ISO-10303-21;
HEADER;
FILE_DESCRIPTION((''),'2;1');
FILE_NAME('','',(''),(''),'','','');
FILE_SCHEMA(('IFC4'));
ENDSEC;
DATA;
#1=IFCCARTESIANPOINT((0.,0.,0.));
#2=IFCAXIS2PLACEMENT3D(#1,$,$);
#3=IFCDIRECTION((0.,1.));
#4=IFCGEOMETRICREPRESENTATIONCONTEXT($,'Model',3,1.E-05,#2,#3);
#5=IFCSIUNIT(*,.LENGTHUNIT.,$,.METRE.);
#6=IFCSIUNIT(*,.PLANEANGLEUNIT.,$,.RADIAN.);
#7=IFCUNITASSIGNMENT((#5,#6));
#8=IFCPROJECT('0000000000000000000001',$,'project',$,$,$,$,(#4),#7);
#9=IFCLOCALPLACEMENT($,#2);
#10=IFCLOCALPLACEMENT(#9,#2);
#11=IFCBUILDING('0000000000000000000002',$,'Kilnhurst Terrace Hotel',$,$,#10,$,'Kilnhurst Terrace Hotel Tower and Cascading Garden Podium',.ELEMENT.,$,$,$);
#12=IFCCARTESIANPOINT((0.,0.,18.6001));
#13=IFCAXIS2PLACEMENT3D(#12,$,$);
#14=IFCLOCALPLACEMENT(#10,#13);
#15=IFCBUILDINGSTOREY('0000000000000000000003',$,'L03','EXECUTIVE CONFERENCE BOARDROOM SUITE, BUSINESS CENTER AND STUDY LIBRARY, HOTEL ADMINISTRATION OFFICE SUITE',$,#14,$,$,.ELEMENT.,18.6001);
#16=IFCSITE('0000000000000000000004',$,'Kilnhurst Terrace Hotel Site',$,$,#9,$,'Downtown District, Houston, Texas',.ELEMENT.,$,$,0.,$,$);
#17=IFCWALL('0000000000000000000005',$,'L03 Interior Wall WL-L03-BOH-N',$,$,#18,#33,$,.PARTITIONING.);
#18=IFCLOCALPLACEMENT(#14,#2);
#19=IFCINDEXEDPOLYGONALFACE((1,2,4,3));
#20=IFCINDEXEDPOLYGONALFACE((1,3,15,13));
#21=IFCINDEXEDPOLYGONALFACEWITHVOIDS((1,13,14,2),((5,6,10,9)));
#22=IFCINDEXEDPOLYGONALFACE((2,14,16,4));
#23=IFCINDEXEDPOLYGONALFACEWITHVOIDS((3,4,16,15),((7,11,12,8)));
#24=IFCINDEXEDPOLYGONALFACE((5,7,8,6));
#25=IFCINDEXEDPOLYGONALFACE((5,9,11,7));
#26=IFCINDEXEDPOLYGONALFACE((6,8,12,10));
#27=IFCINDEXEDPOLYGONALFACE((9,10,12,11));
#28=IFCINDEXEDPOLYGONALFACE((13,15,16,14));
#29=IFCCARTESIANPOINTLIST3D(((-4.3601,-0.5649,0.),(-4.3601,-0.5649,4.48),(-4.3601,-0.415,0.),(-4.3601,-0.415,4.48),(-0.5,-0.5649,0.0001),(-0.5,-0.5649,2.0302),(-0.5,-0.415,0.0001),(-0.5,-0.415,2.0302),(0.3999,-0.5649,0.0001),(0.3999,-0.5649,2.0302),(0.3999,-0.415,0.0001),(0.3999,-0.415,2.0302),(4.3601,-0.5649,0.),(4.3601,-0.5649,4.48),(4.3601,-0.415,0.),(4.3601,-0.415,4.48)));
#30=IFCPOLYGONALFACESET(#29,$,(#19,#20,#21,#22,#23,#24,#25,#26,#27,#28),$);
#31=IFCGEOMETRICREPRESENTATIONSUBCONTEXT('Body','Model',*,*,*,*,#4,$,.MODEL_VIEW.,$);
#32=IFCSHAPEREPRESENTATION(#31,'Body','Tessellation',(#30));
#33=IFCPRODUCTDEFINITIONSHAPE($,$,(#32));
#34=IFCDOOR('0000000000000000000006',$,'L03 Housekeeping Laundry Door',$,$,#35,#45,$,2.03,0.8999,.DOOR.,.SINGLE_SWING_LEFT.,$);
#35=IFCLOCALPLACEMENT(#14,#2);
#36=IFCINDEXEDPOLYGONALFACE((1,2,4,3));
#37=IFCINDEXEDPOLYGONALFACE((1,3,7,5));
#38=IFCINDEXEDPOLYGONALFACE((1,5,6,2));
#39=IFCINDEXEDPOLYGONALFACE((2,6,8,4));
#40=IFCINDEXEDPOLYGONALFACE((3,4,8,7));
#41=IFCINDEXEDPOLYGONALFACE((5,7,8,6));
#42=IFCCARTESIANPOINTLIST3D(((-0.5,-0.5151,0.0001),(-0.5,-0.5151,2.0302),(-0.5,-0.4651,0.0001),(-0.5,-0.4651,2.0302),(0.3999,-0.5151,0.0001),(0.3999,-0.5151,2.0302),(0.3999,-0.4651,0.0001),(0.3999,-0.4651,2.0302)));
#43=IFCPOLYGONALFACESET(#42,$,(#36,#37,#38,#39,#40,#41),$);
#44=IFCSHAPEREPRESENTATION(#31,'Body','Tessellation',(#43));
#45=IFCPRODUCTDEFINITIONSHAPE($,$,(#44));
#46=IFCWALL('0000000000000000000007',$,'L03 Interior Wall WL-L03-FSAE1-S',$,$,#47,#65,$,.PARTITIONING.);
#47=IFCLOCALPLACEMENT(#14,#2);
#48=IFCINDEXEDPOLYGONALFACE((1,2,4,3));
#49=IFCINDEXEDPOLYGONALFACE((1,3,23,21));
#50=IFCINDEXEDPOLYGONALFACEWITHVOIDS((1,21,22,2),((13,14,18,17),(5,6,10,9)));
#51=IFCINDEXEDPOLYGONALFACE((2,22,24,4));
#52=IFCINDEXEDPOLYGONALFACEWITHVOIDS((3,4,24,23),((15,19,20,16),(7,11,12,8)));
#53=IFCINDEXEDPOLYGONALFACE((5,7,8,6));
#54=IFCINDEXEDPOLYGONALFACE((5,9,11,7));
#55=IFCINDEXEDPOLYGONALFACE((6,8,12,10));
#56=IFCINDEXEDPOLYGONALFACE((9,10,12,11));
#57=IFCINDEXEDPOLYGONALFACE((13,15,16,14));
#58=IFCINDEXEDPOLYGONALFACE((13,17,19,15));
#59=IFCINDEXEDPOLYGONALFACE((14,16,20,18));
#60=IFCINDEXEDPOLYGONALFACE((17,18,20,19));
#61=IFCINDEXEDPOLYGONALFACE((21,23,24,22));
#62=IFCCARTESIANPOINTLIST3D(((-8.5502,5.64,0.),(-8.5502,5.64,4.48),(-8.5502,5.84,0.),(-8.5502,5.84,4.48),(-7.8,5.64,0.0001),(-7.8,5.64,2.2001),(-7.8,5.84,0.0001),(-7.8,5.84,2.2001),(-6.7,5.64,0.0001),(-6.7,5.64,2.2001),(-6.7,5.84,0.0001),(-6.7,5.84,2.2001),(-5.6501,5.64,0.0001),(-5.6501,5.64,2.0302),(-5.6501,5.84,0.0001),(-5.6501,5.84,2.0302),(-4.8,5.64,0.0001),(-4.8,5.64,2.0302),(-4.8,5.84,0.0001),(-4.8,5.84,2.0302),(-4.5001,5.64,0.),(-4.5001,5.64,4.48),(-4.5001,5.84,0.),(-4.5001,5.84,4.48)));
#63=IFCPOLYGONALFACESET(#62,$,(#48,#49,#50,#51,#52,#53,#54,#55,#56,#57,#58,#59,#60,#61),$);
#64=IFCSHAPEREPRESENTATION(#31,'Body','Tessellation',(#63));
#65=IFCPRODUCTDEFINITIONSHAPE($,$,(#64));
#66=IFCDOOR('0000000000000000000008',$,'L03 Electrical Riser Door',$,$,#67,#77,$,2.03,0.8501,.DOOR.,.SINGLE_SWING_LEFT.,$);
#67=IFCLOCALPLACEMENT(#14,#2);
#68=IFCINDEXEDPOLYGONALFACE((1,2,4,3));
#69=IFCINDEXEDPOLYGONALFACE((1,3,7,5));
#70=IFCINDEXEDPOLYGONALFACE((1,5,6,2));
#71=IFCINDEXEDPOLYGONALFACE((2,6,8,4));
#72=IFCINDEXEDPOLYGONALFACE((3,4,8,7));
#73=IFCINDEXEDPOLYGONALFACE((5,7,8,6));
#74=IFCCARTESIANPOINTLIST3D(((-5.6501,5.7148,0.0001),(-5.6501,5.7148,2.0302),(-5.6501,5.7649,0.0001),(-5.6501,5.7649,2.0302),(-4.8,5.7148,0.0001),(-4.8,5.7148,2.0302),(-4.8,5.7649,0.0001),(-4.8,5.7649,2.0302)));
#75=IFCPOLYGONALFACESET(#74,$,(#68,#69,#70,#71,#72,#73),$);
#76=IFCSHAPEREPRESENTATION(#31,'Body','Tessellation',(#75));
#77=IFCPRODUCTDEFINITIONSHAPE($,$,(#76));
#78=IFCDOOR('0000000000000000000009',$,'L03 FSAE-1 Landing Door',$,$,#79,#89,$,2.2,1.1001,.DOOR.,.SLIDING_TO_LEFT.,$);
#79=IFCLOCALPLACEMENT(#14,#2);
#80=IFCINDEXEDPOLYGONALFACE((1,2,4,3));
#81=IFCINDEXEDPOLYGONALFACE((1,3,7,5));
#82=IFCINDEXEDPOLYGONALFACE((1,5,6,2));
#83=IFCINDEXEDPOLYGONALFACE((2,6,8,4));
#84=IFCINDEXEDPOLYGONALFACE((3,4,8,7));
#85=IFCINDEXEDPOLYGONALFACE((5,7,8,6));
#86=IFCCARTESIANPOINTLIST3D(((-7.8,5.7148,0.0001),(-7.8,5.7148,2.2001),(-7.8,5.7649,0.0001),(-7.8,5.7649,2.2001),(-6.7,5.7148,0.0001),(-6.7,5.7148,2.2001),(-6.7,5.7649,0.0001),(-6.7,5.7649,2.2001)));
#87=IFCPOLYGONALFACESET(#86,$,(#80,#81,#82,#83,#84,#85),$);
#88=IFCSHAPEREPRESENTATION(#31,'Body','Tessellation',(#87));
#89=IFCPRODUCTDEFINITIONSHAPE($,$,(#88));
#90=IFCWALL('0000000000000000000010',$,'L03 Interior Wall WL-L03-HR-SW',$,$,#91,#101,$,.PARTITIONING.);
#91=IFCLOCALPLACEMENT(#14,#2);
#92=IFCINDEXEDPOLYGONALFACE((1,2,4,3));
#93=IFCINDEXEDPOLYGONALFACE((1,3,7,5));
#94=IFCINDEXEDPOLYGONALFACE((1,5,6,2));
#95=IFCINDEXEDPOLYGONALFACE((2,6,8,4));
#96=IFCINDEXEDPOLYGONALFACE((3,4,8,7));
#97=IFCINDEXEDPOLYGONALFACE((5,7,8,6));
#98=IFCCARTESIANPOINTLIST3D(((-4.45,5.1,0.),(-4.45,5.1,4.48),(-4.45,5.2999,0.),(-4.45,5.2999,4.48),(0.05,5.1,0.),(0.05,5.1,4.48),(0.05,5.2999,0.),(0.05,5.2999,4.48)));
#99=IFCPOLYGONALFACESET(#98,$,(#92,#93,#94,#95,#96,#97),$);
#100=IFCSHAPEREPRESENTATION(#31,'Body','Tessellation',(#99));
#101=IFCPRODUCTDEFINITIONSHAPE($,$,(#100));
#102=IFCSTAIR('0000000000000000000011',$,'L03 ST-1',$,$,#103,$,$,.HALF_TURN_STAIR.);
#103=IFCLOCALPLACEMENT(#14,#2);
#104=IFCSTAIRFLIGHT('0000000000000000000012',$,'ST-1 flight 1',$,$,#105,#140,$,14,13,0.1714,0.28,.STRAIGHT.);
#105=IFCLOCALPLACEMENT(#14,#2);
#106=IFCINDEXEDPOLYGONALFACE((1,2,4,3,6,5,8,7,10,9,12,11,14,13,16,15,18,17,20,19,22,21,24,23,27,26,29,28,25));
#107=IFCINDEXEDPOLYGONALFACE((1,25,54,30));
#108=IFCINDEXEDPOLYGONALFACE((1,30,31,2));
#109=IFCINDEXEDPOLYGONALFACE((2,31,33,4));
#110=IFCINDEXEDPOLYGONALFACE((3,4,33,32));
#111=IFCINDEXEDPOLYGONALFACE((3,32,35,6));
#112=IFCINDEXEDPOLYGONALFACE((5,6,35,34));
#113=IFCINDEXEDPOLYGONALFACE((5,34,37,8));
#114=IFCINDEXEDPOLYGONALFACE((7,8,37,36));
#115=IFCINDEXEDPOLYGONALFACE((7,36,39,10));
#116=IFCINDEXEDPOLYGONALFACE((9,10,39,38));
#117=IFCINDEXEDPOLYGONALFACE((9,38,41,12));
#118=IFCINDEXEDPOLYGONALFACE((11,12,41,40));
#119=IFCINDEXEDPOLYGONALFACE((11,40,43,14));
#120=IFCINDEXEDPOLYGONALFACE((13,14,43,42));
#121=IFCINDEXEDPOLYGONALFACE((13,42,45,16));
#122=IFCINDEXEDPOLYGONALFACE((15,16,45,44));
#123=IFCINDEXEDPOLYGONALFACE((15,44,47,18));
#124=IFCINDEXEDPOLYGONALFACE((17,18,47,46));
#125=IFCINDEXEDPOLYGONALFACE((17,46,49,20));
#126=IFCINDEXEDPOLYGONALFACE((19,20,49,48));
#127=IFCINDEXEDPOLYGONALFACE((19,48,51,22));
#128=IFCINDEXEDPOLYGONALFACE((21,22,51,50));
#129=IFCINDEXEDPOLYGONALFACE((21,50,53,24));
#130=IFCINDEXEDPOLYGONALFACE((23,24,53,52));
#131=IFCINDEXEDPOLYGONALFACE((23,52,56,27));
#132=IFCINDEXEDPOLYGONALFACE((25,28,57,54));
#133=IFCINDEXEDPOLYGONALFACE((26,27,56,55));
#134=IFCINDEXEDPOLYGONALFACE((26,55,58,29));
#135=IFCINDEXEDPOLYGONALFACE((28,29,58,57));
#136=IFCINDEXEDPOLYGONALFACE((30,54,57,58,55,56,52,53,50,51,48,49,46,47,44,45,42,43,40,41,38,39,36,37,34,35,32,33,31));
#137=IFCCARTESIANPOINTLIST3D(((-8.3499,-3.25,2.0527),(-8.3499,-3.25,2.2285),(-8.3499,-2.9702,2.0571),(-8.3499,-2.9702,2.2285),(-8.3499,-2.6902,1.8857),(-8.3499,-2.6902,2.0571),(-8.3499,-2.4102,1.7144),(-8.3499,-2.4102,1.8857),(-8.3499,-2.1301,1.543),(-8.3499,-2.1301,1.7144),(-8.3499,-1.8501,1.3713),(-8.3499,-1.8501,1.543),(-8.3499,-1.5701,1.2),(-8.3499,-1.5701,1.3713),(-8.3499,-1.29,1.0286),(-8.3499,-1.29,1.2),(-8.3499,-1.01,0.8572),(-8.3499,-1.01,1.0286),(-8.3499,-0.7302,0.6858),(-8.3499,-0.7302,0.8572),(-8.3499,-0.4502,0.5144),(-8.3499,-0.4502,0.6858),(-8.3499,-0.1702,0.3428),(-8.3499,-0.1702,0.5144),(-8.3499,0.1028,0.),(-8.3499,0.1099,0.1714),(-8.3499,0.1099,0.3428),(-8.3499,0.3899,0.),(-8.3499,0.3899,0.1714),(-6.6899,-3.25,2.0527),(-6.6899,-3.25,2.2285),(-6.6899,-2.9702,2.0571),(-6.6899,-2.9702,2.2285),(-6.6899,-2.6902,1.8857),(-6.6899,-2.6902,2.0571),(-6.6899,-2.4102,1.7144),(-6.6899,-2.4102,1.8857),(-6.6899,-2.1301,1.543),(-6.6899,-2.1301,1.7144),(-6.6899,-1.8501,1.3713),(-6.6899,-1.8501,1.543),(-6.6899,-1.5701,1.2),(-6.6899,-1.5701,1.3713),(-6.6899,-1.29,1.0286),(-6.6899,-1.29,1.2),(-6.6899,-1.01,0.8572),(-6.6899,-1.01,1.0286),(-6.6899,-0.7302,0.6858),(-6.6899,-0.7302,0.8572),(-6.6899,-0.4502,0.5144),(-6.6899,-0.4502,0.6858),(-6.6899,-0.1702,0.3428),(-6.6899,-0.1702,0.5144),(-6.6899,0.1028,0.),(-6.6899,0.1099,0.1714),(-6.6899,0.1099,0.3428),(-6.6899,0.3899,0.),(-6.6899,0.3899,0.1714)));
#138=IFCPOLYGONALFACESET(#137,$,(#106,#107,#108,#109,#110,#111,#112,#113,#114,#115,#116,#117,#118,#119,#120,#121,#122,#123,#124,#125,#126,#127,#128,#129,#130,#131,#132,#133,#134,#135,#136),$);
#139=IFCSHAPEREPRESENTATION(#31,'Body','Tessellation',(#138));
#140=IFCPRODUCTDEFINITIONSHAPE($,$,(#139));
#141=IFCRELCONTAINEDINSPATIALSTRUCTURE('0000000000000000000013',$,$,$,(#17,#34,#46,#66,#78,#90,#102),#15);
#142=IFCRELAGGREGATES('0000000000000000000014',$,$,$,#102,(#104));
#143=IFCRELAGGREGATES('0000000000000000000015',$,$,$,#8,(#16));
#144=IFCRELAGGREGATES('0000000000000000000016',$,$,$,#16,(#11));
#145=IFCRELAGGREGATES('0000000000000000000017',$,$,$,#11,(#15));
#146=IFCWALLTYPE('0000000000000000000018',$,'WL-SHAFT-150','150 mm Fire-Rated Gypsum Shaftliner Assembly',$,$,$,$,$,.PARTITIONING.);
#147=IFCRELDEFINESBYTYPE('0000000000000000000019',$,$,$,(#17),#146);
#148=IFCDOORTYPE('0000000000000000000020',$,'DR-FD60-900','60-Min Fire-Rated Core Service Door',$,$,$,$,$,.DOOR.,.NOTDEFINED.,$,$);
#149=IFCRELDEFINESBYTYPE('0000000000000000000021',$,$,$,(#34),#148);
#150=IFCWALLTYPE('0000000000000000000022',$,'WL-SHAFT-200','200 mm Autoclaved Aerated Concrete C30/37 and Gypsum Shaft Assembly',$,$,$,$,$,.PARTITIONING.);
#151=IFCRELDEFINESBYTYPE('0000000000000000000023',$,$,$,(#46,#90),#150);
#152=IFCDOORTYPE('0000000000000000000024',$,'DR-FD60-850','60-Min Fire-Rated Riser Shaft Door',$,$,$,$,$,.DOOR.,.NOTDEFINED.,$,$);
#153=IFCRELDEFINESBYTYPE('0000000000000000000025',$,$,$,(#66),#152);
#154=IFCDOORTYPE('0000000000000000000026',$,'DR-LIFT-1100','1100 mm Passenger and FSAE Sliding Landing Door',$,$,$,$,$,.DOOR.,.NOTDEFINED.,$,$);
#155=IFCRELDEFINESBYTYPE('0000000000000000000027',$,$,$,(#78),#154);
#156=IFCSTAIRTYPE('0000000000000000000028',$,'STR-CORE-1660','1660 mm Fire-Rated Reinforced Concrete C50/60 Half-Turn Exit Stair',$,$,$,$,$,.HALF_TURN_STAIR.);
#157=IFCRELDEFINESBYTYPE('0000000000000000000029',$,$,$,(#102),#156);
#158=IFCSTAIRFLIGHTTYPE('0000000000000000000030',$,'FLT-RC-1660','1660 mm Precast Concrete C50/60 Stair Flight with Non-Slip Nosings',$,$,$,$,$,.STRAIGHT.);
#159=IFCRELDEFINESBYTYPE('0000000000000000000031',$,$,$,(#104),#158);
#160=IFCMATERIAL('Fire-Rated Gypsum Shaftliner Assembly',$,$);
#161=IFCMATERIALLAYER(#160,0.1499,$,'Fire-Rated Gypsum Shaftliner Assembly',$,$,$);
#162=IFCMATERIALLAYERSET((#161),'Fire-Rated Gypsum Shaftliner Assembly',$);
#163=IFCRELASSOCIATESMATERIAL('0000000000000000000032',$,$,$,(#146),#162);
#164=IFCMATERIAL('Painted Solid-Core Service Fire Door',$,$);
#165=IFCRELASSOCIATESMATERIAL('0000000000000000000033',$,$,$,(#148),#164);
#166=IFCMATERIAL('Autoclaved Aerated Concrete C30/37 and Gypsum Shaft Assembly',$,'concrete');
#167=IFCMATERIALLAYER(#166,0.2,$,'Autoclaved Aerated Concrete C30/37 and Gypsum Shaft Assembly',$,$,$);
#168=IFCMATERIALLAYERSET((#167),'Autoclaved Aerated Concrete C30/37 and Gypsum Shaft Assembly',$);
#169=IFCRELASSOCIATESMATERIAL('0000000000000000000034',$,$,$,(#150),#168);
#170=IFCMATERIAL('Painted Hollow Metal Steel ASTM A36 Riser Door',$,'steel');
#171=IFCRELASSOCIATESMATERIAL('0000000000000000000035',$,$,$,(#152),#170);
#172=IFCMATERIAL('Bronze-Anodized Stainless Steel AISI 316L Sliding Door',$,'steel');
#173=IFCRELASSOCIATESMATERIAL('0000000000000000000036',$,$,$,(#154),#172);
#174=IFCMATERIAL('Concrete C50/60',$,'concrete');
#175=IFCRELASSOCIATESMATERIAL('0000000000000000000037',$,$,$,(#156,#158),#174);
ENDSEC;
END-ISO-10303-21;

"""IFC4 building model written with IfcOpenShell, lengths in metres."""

from ifc_helpers import new_model, si_unit, direction, frame, frame_2d, origin, place, context, subcontext, project, spatial, polyline, rectangle, outline, extrude, material, layer, layer_set, type_object, element, fill, aggregate, save


model = new_model("IFC4")

# Units and contexts
model_context = context("Model", 3, precision=1e-05, world=origin(), true_north=direction((0.0, 1.0)))
body_context = subcontext(model_context, "Body", "Model", "MODEL_VIEW")
ifc_project = project(units=[si_unit("LENGTHUNIT", "METRE"), si_unit("PLANEANGLEUNIT", "RADIAN")], contexts=[model_context])

# Site, building, storey
site_placement = place(None, origin())
site = spatial("IfcSite", under=ifc_project, at=site_placement, Name="Kilnhurst Terrace Hotel Site", LongName="Downtown District, Houston, Texas", CompositionType="ELEMENT", RefElevation=0.0)
building_placement = place(site_placement, origin())
building = spatial("IfcBuilding", under=site, at=building_placement, Name="Kilnhurst Terrace Hotel", LongName="Kilnhurst Terrace Hotel Tower and Cascading Garden Podium", CompositionType="ELEMENT")
storey_placement = place(building_placement, frame((0.0, 0.0, 18.6001)))
storey = spatial("IfcBuildingStorey", under=building, at=storey_placement, Name="L03", Description="EXECUTIVE CONFERENCE BOARDROOM SUITE, BUSINESS CENTER AND STUDY LIBRARY, HOTEL ADMINISTRATION OFFICE SUITE", CompositionType="ELEMENT", Elevation=18.6001)

# Shared definitions
ifc_material_1 = material(Name="Fire-Rated Gypsum Shaftliner Assembly")
ifc_layer_1 = layer(ifc_material_1, 0.1499, Name="Fire-Rated Gypsum Shaftliner Assembly")
ifc_layer_set_1 = layer_set([ifc_layer_1], Name="Fire-Rated Gypsum Shaftliner Assembly")
wall_type_1 = type_object("IfcWallType", Name="WL-SHAFT-150", Description="150 mm Fire-Rated Gypsum Shaftliner Assembly", PredefinedType="PARTITIONING", material=ifc_layer_set_1)

# Wall, opening, door
wall_1_placement = place(storey_placement, frame((-4.3601, -0.49, 0.0), z_axis=(0.0, 0.0, 1.0), x_axis=(1.0, 0.0, 0.0)))
wall_1 = element("IfcWall", 1, at=wall_1_placement, inside=storey, type_object=wall_type_1, Name="L03 Interior Wall WL-L03-BOH-N", PredefinedType="PARTITIONING", context=body_context, shape_type="SweptSolid", body=[
    extrude(rectangle(XDim=8.7202, YDim=0.1499, at=frame_2d((4.3601, 0.0))), origin(), (0.0, 0.0, 1.0), 4.48),
])
opening_1_placement = place(wall_1_placement, frame((3.8601, 0.0, 0.0)))
opening_1 = element("IfcOpeningElement", 2, at=opening_1_placement, cuts=wall_1, PredefinedType="OPENING", context=body_context, shape_type="SweptSolid", body=[
    extrude(rectangle(XDim=0.8999, YDim=2.03, at=frame_2d((0.45, 1.0151))), frame((0.0, 0.085, 0.0), z_axis=(0.0, -1.0, 0.0), x_axis=(1.0, 0.0, 0.0)), (0.0, 0.0, 1.0), 0.1699),
])
ifc_material_2 = material(Name="Painted Solid-Core Service Fire Door")
door_type_1 = type_object("IfcDoorType", Name="DR-FD60-900", Description="60-Min Fire-Rated Core Service Door", OperationType="NOTDEFINED", PredefinedType="DOOR", material=ifc_material_2)
door_1_placement = place(opening_1_placement, origin())
door_1 = element("IfcDoor", 3, at=door_1_placement, inside=storey, type_object=door_type_1, Name="L03 Housekeeping Laundry Door", OperationType="SINGLE_SWING_LEFT", OverallHeight=2.03, OverallWidth=0.8999, PredefinedType="DOOR", context=body_context, shape_type="SweptSolid", body=[
    extrude(rectangle(XDim=0.8999, YDim=2.03, at=frame_2d((0.45, 1.0151))), frame((0.0, 0.0249, 0.0), z_axis=(0.0, -1.0, 0.0), x_axis=(1.0, 0.0, 0.0)), (0.0, 0.0, 1.0), 0.05),
])
fill(opening_1, door_1)

# Wall, openings, doors
ifc_material_3 = material(Name="Autoclaved Aerated Concrete C30/37 and Gypsum Shaft Assembly", Category="concrete")
ifc_layer_2 = layer(ifc_material_3, 0.2, Name="Autoclaved Aerated Concrete C30/37 and Gypsum Shaft Assembly")
ifc_layer_set_2 = layer_set([ifc_layer_2], Name="Autoclaved Aerated Concrete C30/37 and Gypsum Shaft Assembly")
wall_type_2 = type_object("IfcWallType", Name="WL-SHAFT-200", Description="200 mm Autoclaved Aerated Concrete C30/37 and Gypsum Shaft Assembly", PredefinedType="PARTITIONING", material=ifc_layer_set_2)
wall_2_placement = place(storey_placement, frame((-8.55, 5.74, 0.0), z_axis=(0.0, 0.0, 1.0), x_axis=(1.0, 0.0, 0.0)))
wall_2 = element("IfcWall", 4, at=wall_2_placement, inside=storey, type_object=wall_type_2, Name="L03 Interior Wall WL-L03-FSAE1-S", PredefinedType="PARTITIONING", context=body_context, shape_type="SweptSolid", body=[
    extrude(rectangle(XDim=4.05, YDim=0.2, at=frame_2d((2.0249, 0.0))), origin(), (0.0, 0.0, 1.0), 4.48),
])
opening_2_placement = place(wall_2_placement, frame((0.75, 0.0, 0.0)))
opening_2 = element("IfcOpeningElement", 5, at=opening_2_placement, cuts=wall_2, PredefinedType="OPENING", context=body_context, shape_type="SweptSolid", body=[
    extrude(rectangle(XDim=1.1001, YDim=2.2, at=frame_2d((0.55, 1.1001))), frame((0.0, 0.1099, 0.0), z_axis=(0.0, -1.0, 0.0), x_axis=(1.0, 0.0, 0.0)), (0.0, 0.0, 1.0), 0.22),
])
opening_3_placement = place(wall_2_placement, frame((2.8999, 0.0, 0.0)))
opening_3 = element("IfcOpeningElement", 6, at=opening_3_placement, cuts=wall_2, PredefinedType="OPENING", context=body_context, shape_type="SweptSolid", body=[
    extrude(rectangle(XDim=0.8501, YDim=2.03, at=frame_2d((0.425, 1.0151))), frame((0.0, 0.1099, 0.0), z_axis=(0.0, -1.0, 0.0), x_axis=(1.0, 0.0, 0.0)), (0.0, 0.0, 1.0), 0.22),
])
ifc_material_4 = material(Name="Painted Hollow Metal Steel ASTM A36 Riser Door", Category="steel")
door_type_2 = type_object("IfcDoorType", Name="DR-FD60-850", Description="60-Min Fire-Rated Riser Shaft Door", OperationType="NOTDEFINED", PredefinedType="DOOR", material=ifc_material_4)
door_2_placement = place(opening_3_placement, origin())
door_2 = element("IfcDoor", 7, at=door_2_placement, inside=storey, type_object=door_type_2, Name="L03 Electrical Riser Door", OperationType="SINGLE_SWING_LEFT", OverallHeight=2.03, OverallWidth=0.8501, PredefinedType="DOOR", context=body_context, shape_type="SweptSolid", body=[
    extrude(rectangle(XDim=0.8501, YDim=2.03, at=frame_2d((0.425, 1.0151))), frame((0.0, 0.0249, 0.0), z_axis=(0.0, -1.0, 0.0), x_axis=(1.0, 0.0, 0.0)), (0.0, 0.0, 1.0), 0.05),
])
fill(opening_3, door_2)
ifc_material_5 = material(Name="Bronze-Anodized Stainless Steel AISI 316L Sliding Door", Category="steel")
door_type_3 = type_object("IfcDoorType", Name="DR-LIFT-1100", Description="1100 mm Passenger and FSAE Sliding Landing Door", OperationType="NOTDEFINED", PredefinedType="DOOR", material=ifc_material_5)
door_3_placement = place(opening_2_placement, origin())
door_3 = element("IfcDoor", 8, at=door_3_placement, inside=storey, type_object=door_type_3, Name="L03 FSAE-1 Landing Door", OperationType="SLIDING_TO_LEFT", OverallHeight=2.2, OverallWidth=1.1001, PredefinedType="DOOR", context=body_context, shape_type="SweptSolid", body=[
    extrude(rectangle(XDim=1.1001, YDim=2.2, at=frame_2d((0.55, 1.1001))), frame((0.0, 0.0249, 0.0), z_axis=(0.0, -1.0, 0.0), x_axis=(1.0, 0.0, 0.0)), (0.0, 0.0, 1.0), 0.05),
])
fill(opening_2, door_3)

# Wall
wall_3_placement = place(storey_placement, frame((-4.45, 5.2, 0.0), z_axis=(0.0, 0.0, 1.0), x_axis=(1.0, 0.0, 0.0)))
element("IfcWall", 9, at=wall_3_placement, inside=storey, type_object=wall_type_2, Name="L03 Interior Wall WL-L03-HR-SW", PredefinedType="PARTITIONING", context=body_context, shape_type="SweptSolid", body=[
    extrude(rectangle(XDim=4.5, YDim=0.2, at=frame_2d((2.25, 0.0))), origin(), (0.0, 0.0, 1.0), 4.48),
])

# Shared definitions
ifc_material_6 = material(Name="Concrete C50/60", Category="concrete")

# Stair, stair flight
stair_type = type_object("IfcStairType", Name="STR-CORE-1660", Description="1660 mm Fire-Rated Reinforced Concrete C50/60 Half-Turn Exit Stair", PredefinedType="HALF_TURN_STAIR", material=ifc_material_6)
stair_placement = place(storey_placement, origin())
stair = element("IfcStair", 10, at=stair_placement, inside=storey, type_object=stair_type, Name="L03 ST-1", PredefinedType="HALF_TURN_STAIR")
stair_flight_type = type_object("IfcStairFlightType", Name="FLT-RC-1660", Description="1660 mm Precast Concrete C50/60 Stair Flight with Non-Slip Nosings", PredefinedType="STRAIGHT", material=ifc_material_6)
stair_flight_placement = place(storey_placement, frame((-7.52, 0.3899, 0.0), z_axis=(0.0, 0.0, 1.0), x_axis=(0.0, -1.0, 0.0)))
stair_flight = element("IfcStairFlight", 11, at=stair_flight_placement, type_object=stair_flight_type, Name="ST-1 flight 1", NumberOfRisers=14, NumberOfTreads=13, PredefinedType="STRAIGHT", RiserHeight=0.1714, TreadLength=0.28, context=body_context, shape_type="SweptSolid", body=[
    extrude(outline(polyline([(0.0, 0.0), (0.0, 0.1714), (0.28, 0.1714), (0.28, 0.3428), (0.5601, 0.3428), (0.5601, 0.5144), (0.8401, 0.5144), (0.8401, 0.6858), (1.1201, 0.6858), (1.1201, 0.8572), (1.3999, 0.8572), (1.3999, 1.0286), (1.6799, 1.0286), (1.6799, 1.2), (1.96, 1.2), (1.96, 1.3713), (2.24, 1.3713), (2.24, 1.543), (2.52, 1.543), (2.52, 1.7144), (2.8, 1.7144), (2.8, 1.8857), (3.0801, 1.8857), (3.0801, 2.0571), (3.3601, 2.0571), (3.3601, 2.2285), (3.6399, 2.2285), (3.6399, 2.3999), (3.6399, 2.0527), (0.2871, 0.0), (0.0, 0.0)])), frame((0.0, 0.8301, 0.0), z_axis=(0.0, -1.0, 0.0), x_axis=(1.0, 0.0, 0.0)), (0.0, 0.0, 1.0), 1.6599),
])
aggregate(stair, [stair_flight])

save(model, "model.ifc")
